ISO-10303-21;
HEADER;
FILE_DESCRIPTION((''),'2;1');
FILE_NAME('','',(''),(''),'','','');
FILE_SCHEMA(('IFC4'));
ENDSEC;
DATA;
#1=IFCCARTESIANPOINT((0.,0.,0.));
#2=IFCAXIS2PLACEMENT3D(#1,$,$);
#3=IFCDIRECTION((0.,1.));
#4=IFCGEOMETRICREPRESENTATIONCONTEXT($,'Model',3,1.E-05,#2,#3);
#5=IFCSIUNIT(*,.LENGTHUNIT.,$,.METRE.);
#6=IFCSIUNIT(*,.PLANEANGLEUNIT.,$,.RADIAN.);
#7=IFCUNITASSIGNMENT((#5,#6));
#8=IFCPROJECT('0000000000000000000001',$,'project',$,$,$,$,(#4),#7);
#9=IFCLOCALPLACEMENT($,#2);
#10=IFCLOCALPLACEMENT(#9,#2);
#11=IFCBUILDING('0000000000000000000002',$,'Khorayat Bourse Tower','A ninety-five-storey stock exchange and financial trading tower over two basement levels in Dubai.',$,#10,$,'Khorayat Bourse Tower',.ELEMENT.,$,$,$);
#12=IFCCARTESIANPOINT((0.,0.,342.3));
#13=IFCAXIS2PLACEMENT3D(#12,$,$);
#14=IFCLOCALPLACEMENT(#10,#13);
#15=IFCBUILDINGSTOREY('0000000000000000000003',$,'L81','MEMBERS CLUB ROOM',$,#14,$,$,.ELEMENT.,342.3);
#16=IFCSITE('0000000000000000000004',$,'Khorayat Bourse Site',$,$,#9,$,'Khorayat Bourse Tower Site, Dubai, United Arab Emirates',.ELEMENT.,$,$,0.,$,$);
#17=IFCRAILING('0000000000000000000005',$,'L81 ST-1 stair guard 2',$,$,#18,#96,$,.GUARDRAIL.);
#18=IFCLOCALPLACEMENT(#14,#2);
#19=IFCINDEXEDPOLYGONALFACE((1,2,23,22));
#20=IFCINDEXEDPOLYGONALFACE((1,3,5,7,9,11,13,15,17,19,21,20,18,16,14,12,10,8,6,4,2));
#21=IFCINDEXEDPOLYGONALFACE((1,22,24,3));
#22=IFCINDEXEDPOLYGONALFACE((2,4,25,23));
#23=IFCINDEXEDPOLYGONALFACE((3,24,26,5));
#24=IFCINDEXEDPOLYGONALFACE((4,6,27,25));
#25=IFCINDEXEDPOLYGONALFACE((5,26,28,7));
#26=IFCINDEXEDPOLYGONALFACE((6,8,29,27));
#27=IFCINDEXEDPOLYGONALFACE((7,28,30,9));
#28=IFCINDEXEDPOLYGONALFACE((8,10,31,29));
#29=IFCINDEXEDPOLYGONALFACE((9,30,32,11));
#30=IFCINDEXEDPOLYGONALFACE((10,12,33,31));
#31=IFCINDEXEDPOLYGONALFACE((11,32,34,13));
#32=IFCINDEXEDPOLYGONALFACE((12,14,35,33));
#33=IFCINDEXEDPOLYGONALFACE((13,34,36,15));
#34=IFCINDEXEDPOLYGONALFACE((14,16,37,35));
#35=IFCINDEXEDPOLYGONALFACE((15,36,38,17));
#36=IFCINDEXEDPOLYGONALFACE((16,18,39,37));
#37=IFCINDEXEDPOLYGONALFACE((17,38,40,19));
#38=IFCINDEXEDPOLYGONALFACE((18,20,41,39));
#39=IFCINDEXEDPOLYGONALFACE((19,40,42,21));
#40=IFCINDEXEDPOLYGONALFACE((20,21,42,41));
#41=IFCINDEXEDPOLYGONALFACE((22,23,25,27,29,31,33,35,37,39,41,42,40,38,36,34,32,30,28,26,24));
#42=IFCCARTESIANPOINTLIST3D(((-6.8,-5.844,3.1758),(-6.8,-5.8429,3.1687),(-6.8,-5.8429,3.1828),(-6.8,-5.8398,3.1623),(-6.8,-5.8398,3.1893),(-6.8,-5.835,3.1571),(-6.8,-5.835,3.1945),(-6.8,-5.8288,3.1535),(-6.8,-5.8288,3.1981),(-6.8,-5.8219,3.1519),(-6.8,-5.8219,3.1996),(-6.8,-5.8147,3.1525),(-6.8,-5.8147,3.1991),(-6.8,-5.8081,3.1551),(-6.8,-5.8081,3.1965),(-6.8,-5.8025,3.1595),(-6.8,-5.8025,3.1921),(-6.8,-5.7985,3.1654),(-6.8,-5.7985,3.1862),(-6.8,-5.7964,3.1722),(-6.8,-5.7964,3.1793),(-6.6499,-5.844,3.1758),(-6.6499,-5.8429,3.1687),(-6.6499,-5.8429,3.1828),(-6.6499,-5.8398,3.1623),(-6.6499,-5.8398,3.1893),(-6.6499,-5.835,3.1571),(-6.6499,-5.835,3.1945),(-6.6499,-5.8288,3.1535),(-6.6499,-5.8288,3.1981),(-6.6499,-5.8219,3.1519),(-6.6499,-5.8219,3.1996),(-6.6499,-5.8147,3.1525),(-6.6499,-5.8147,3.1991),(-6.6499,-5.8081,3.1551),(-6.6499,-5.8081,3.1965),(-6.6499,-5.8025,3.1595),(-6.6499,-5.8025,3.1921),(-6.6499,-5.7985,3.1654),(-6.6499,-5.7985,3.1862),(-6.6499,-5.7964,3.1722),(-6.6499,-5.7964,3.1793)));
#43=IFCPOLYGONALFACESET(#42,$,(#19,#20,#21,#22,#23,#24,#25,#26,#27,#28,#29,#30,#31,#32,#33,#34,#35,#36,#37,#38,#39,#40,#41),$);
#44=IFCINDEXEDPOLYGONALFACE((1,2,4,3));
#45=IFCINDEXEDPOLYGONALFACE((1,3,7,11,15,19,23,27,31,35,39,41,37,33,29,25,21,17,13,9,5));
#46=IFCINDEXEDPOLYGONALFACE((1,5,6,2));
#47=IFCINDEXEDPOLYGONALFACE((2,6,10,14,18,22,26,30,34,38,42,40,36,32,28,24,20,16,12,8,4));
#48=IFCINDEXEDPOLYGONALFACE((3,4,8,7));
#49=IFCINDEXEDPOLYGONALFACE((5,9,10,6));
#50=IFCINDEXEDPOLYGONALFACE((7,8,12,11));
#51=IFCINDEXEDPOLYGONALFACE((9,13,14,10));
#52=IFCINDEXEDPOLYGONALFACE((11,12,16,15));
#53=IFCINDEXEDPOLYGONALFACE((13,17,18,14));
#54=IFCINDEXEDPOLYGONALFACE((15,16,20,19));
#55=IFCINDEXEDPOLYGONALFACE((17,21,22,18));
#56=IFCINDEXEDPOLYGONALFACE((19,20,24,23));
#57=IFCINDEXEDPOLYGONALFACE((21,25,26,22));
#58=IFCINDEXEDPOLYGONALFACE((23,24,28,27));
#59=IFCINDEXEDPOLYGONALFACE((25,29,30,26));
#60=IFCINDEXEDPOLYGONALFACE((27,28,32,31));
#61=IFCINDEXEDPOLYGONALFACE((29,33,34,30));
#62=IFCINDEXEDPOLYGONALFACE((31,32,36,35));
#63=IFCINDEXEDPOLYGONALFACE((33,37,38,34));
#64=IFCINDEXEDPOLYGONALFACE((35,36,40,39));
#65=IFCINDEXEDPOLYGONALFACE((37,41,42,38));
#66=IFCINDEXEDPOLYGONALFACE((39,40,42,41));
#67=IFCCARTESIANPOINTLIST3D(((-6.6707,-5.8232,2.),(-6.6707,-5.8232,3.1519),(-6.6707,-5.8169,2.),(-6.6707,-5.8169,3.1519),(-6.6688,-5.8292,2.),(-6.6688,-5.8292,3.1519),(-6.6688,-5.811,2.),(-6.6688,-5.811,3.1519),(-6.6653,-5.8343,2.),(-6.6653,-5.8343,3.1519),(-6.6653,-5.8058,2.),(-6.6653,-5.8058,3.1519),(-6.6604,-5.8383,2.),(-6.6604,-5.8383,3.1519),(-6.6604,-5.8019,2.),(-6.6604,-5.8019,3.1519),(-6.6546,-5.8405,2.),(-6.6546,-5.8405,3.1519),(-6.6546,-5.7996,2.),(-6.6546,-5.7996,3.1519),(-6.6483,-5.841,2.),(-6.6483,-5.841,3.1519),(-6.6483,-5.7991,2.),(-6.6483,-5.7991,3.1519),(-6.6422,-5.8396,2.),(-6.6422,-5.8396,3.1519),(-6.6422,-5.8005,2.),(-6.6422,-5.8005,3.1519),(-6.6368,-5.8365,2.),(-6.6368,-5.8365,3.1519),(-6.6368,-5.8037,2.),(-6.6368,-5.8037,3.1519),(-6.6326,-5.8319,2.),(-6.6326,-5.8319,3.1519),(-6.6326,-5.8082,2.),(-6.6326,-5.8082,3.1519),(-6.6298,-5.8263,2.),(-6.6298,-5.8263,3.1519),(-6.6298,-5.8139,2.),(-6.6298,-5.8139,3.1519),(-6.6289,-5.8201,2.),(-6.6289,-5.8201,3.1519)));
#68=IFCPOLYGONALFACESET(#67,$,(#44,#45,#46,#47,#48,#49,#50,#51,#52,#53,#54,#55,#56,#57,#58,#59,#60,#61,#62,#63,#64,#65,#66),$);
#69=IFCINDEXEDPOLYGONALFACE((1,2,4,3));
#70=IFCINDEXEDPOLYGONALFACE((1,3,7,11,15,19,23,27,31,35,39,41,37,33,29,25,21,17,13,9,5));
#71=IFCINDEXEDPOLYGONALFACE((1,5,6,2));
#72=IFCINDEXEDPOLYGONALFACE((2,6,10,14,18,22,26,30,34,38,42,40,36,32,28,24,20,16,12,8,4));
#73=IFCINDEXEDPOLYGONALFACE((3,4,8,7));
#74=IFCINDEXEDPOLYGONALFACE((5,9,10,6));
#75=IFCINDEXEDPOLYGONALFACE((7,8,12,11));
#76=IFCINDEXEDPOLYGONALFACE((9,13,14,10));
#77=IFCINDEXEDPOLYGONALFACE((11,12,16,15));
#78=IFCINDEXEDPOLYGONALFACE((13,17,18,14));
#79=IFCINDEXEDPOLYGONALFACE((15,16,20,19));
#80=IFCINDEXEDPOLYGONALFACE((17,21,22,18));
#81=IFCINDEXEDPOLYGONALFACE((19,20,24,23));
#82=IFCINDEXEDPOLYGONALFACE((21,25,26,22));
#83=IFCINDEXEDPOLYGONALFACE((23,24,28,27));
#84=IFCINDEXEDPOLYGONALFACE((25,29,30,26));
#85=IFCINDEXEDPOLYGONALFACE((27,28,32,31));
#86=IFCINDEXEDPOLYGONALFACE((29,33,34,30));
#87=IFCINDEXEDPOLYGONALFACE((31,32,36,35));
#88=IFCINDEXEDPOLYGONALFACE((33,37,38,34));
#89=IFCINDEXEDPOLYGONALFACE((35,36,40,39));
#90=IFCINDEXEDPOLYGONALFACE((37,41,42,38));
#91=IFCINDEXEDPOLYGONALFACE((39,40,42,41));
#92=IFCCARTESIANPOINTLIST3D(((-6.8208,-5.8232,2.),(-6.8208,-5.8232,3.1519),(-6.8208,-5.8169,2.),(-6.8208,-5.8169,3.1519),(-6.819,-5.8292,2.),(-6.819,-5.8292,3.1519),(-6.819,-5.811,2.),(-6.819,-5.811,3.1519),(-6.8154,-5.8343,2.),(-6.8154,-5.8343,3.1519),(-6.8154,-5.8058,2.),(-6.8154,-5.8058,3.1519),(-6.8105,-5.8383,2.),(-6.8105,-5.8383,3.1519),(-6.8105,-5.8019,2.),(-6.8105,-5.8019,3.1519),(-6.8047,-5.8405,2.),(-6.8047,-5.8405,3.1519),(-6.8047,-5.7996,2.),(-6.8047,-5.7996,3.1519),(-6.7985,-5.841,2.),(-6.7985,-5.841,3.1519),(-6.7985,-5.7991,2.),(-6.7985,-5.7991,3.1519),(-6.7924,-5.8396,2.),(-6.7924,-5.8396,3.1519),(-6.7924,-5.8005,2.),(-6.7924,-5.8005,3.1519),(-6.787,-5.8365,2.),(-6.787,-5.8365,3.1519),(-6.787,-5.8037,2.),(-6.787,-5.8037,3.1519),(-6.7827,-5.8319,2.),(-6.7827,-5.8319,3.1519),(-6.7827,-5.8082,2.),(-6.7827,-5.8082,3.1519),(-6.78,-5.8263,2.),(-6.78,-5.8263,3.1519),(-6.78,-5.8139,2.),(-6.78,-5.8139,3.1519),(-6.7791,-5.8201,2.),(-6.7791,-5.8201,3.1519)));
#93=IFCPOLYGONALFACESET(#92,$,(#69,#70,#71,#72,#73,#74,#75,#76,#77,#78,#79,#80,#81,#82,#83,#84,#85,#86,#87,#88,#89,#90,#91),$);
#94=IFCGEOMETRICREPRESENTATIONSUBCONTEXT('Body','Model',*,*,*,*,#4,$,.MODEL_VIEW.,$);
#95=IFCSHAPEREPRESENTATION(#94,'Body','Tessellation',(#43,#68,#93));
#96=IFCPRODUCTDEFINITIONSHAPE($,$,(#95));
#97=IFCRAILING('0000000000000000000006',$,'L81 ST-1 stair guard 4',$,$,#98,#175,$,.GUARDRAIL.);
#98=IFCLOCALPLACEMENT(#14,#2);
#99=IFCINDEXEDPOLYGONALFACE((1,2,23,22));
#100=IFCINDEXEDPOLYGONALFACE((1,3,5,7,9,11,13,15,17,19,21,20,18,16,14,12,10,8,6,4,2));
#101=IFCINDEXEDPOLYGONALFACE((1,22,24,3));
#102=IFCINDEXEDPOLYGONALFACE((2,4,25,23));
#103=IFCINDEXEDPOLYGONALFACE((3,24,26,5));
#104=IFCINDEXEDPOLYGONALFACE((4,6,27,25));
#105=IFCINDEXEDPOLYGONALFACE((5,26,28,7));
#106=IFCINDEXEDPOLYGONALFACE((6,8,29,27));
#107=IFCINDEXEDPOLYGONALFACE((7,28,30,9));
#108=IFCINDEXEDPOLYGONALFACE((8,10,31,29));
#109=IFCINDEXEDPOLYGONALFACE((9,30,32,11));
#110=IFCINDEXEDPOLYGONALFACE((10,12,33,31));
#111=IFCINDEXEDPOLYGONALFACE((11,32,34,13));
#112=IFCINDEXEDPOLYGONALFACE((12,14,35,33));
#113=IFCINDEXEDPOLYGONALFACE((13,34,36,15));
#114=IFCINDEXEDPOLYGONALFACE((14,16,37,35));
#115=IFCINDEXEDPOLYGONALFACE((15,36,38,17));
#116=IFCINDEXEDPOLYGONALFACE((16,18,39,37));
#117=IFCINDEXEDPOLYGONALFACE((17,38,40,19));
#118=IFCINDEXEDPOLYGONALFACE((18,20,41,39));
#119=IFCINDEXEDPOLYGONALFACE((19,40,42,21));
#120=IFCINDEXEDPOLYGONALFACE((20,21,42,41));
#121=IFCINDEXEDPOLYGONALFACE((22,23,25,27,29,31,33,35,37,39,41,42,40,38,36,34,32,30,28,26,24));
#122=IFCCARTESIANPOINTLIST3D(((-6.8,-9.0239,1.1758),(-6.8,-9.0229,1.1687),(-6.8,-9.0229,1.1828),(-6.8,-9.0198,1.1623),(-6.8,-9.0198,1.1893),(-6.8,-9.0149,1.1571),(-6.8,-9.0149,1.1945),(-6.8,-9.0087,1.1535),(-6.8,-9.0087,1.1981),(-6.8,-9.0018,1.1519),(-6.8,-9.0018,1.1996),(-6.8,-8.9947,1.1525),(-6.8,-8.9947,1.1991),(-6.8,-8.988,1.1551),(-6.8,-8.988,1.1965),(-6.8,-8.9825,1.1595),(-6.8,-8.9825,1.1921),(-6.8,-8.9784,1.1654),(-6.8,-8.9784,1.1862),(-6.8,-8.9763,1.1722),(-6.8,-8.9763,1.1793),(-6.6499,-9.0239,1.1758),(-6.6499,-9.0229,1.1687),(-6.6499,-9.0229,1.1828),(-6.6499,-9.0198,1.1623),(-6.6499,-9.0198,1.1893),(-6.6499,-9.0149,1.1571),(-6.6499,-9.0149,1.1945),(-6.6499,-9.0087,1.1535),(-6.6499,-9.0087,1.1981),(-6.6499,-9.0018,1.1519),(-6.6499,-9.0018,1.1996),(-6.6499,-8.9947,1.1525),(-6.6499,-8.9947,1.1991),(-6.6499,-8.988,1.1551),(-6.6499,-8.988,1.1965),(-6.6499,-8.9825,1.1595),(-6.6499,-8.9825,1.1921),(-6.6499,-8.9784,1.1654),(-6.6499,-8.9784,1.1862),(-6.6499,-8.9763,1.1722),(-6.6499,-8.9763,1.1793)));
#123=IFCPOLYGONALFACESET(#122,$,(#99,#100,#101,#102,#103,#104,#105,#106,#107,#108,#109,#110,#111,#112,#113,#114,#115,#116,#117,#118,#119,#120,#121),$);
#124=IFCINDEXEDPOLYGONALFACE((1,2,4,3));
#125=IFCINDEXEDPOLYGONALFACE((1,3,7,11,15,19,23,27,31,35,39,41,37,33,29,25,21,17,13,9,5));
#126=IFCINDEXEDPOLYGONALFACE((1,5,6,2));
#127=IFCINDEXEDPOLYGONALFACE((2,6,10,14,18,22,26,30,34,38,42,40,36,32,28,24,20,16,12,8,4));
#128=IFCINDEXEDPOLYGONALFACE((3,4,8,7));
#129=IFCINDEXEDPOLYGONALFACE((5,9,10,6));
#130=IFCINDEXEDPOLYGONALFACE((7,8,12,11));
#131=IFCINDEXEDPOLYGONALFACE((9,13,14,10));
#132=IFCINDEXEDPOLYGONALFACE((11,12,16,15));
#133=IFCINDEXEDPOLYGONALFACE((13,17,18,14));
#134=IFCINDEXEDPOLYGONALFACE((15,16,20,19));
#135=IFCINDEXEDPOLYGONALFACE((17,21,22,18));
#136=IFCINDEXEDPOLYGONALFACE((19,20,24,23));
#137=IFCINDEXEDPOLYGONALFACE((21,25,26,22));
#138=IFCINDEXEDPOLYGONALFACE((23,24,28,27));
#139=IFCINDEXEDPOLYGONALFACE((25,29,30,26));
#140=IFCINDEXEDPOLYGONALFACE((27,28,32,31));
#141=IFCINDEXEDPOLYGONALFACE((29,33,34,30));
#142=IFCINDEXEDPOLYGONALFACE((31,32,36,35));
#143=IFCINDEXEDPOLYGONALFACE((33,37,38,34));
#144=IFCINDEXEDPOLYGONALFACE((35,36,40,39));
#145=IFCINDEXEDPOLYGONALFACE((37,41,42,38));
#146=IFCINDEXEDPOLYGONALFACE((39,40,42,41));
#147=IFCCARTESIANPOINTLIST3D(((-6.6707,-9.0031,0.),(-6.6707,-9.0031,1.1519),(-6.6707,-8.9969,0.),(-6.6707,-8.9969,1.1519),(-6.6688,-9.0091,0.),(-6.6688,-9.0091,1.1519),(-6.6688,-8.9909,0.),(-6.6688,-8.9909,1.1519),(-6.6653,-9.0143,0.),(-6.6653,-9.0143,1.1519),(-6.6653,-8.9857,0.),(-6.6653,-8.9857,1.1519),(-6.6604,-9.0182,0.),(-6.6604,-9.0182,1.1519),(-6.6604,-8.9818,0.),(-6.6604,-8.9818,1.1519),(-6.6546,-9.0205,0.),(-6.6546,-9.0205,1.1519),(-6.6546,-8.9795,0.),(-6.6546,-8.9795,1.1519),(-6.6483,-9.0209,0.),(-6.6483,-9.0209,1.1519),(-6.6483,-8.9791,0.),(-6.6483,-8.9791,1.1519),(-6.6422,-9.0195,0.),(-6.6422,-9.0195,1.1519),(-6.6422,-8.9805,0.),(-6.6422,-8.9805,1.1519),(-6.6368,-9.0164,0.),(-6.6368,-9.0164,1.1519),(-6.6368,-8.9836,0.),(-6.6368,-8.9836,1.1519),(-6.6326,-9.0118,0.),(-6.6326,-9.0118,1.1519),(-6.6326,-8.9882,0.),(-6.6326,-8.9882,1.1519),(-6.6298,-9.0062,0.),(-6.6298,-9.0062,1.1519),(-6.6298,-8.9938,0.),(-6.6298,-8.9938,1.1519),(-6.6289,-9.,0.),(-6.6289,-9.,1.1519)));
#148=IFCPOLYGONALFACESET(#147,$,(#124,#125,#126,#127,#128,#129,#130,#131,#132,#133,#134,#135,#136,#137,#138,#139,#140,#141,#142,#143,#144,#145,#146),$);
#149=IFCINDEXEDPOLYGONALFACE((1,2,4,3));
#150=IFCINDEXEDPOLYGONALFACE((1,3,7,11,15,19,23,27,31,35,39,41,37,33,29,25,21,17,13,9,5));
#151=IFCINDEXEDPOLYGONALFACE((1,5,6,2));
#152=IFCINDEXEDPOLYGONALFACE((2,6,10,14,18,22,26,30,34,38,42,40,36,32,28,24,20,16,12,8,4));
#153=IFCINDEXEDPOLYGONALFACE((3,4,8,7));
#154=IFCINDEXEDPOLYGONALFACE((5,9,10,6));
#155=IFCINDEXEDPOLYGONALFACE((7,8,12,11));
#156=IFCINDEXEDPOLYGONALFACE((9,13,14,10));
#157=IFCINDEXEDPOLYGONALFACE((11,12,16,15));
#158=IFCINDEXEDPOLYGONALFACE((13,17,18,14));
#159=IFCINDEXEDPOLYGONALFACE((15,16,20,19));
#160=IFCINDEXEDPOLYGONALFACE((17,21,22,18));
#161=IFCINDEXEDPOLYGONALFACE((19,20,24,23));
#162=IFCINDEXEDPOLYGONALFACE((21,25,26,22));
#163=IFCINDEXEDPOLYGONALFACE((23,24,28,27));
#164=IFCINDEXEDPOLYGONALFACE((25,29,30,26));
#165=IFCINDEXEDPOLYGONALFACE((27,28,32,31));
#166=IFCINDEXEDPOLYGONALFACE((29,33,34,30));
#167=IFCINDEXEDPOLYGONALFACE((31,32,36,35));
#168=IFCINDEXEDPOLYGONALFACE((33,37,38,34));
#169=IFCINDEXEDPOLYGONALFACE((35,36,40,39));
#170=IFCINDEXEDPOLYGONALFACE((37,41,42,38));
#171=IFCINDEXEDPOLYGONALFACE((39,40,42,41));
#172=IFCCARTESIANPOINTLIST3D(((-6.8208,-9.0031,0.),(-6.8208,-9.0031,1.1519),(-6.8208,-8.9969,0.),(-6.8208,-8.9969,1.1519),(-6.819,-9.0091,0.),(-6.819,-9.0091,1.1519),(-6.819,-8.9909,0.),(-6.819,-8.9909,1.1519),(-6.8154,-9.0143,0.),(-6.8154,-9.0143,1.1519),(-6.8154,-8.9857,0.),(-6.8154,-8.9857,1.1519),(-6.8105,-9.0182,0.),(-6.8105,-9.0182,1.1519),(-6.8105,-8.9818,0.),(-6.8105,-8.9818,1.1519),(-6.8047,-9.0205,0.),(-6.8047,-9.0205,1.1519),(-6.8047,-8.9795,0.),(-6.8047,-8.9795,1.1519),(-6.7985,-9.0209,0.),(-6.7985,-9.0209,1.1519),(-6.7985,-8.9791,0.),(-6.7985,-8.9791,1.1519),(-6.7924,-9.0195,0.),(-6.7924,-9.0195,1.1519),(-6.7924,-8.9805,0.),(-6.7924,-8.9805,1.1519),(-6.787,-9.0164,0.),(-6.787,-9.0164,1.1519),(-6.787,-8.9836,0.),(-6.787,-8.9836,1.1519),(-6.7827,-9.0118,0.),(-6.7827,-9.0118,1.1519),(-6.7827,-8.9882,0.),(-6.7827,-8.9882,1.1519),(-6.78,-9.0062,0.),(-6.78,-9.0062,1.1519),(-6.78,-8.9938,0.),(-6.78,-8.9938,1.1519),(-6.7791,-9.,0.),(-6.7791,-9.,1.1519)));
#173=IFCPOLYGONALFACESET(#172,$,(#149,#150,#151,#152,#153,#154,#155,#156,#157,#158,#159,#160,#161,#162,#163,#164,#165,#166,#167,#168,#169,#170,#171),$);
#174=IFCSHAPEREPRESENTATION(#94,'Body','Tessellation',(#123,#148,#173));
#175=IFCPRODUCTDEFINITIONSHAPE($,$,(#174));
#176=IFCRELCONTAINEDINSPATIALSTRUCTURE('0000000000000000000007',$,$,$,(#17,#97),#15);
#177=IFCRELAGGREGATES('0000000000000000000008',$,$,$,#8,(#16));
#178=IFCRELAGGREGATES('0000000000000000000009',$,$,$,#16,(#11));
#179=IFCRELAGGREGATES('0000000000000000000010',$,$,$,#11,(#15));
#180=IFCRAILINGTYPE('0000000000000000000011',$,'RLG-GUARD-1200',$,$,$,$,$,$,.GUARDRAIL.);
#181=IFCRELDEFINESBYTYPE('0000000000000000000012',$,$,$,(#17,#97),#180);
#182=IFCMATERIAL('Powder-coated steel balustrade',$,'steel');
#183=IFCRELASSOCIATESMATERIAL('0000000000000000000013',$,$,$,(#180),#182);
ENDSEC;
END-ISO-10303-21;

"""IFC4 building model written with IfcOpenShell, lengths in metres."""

from ifc_helpers import new_model, si_unit, direction, frame, origin, origin_2d, place, context, subcontext, project, spatial, circle, extrude, source, transform, mapped, material, type_object, element, save


model = new_model("IFC4")

# Units and contexts
model_context = context("Model", 3, precision=1e-05, world=origin(), true_north=direction((0.0, 1.0)))
body_context = subcontext(model_context, "Body", "Model", "MODEL_VIEW")
ifc_project = project(units=[si_unit("LENGTHUNIT", "METRE"), si_unit("PLANEANGLEUNIT", "RADIAN")], contexts=[model_context])

# Site, building, storey
site_placement = place(None, origin())
site = spatial("IfcSite", under=ifc_project, at=site_placement, Name="Khorayat Bourse Site", LongName="Khorayat Bourse Tower Site, Dubai, United Arab Emirates", CompositionType="ELEMENT", RefElevation=0.0)
building_placement = place(site_placement, origin())
building = spatial("IfcBuilding", under=site, at=building_placement, Name="Khorayat Bourse Tower", Description="A ninety-five-storey stock exchange and financial trading tower over two basement levels in Dubai.", LongName="Khorayat Bourse Tower", CompositionType="ELEMENT")
storey_placement = place(building_placement, frame((0.0, 0.0, 342.3)))
storey = spatial("IfcBuildingStorey", under=building, at=storey_placement, Name="L81", Description="MEMBERS CLUB ROOM", CompositionType="ELEMENT", Elevation=342.3)

# Railings
ifc_material_1 = material(Name="Powder-coated steel balustrade", Category="steel")
railing_type_1 = type_object("IfcRailingType", Name="RLG-GUARD-1200", PredefinedType="GUARDRAIL", material=ifc_material_1)
shared_shape_1 = source(origin(), body_context, "Body", "SweptSolid", [
    extrude(circle(Radius=0.0239, at=origin_2d()), frame((0.0, 0.0, 1.1758), z_axis=(-1.0, 0.0, 0.0), x_axis=(0.0, -1.0, 0.0)), (0.0, 0.0, 1.0), 0.1501),
    extrude(circle(Radius=0.021, at=origin_2d()), origin(), (0.0, 0.0, 1.0), 1.1519),
    extrude(circle(Radius=0.021, at=origin_2d()), frame((-0.1501, 0.0, 0.0)), (0.0, 0.0, 1.0), 1.1519),
])
for number, where, name in (
    (1, (-6.6499, -5.8201, 2.0), "L81 ST-1 stair guard 2"),
    (2, (-6.6499, -9.0, 0.0), "L81 ST-1 stair guard 4"),
):
    element("IfcRailing", number, at=place(storey_placement, frame(where)), inside=storey, type_object=railing_type_1, Name=name, PredefinedType="GUARDRAIL", context=body_context, shape_type="MappedRepresentation", body=[
        mapped(shared_shape_1, transform((0.0, 0.0, 0.0), scale=1.0)),
    ])

save(model, "model.ifc")
